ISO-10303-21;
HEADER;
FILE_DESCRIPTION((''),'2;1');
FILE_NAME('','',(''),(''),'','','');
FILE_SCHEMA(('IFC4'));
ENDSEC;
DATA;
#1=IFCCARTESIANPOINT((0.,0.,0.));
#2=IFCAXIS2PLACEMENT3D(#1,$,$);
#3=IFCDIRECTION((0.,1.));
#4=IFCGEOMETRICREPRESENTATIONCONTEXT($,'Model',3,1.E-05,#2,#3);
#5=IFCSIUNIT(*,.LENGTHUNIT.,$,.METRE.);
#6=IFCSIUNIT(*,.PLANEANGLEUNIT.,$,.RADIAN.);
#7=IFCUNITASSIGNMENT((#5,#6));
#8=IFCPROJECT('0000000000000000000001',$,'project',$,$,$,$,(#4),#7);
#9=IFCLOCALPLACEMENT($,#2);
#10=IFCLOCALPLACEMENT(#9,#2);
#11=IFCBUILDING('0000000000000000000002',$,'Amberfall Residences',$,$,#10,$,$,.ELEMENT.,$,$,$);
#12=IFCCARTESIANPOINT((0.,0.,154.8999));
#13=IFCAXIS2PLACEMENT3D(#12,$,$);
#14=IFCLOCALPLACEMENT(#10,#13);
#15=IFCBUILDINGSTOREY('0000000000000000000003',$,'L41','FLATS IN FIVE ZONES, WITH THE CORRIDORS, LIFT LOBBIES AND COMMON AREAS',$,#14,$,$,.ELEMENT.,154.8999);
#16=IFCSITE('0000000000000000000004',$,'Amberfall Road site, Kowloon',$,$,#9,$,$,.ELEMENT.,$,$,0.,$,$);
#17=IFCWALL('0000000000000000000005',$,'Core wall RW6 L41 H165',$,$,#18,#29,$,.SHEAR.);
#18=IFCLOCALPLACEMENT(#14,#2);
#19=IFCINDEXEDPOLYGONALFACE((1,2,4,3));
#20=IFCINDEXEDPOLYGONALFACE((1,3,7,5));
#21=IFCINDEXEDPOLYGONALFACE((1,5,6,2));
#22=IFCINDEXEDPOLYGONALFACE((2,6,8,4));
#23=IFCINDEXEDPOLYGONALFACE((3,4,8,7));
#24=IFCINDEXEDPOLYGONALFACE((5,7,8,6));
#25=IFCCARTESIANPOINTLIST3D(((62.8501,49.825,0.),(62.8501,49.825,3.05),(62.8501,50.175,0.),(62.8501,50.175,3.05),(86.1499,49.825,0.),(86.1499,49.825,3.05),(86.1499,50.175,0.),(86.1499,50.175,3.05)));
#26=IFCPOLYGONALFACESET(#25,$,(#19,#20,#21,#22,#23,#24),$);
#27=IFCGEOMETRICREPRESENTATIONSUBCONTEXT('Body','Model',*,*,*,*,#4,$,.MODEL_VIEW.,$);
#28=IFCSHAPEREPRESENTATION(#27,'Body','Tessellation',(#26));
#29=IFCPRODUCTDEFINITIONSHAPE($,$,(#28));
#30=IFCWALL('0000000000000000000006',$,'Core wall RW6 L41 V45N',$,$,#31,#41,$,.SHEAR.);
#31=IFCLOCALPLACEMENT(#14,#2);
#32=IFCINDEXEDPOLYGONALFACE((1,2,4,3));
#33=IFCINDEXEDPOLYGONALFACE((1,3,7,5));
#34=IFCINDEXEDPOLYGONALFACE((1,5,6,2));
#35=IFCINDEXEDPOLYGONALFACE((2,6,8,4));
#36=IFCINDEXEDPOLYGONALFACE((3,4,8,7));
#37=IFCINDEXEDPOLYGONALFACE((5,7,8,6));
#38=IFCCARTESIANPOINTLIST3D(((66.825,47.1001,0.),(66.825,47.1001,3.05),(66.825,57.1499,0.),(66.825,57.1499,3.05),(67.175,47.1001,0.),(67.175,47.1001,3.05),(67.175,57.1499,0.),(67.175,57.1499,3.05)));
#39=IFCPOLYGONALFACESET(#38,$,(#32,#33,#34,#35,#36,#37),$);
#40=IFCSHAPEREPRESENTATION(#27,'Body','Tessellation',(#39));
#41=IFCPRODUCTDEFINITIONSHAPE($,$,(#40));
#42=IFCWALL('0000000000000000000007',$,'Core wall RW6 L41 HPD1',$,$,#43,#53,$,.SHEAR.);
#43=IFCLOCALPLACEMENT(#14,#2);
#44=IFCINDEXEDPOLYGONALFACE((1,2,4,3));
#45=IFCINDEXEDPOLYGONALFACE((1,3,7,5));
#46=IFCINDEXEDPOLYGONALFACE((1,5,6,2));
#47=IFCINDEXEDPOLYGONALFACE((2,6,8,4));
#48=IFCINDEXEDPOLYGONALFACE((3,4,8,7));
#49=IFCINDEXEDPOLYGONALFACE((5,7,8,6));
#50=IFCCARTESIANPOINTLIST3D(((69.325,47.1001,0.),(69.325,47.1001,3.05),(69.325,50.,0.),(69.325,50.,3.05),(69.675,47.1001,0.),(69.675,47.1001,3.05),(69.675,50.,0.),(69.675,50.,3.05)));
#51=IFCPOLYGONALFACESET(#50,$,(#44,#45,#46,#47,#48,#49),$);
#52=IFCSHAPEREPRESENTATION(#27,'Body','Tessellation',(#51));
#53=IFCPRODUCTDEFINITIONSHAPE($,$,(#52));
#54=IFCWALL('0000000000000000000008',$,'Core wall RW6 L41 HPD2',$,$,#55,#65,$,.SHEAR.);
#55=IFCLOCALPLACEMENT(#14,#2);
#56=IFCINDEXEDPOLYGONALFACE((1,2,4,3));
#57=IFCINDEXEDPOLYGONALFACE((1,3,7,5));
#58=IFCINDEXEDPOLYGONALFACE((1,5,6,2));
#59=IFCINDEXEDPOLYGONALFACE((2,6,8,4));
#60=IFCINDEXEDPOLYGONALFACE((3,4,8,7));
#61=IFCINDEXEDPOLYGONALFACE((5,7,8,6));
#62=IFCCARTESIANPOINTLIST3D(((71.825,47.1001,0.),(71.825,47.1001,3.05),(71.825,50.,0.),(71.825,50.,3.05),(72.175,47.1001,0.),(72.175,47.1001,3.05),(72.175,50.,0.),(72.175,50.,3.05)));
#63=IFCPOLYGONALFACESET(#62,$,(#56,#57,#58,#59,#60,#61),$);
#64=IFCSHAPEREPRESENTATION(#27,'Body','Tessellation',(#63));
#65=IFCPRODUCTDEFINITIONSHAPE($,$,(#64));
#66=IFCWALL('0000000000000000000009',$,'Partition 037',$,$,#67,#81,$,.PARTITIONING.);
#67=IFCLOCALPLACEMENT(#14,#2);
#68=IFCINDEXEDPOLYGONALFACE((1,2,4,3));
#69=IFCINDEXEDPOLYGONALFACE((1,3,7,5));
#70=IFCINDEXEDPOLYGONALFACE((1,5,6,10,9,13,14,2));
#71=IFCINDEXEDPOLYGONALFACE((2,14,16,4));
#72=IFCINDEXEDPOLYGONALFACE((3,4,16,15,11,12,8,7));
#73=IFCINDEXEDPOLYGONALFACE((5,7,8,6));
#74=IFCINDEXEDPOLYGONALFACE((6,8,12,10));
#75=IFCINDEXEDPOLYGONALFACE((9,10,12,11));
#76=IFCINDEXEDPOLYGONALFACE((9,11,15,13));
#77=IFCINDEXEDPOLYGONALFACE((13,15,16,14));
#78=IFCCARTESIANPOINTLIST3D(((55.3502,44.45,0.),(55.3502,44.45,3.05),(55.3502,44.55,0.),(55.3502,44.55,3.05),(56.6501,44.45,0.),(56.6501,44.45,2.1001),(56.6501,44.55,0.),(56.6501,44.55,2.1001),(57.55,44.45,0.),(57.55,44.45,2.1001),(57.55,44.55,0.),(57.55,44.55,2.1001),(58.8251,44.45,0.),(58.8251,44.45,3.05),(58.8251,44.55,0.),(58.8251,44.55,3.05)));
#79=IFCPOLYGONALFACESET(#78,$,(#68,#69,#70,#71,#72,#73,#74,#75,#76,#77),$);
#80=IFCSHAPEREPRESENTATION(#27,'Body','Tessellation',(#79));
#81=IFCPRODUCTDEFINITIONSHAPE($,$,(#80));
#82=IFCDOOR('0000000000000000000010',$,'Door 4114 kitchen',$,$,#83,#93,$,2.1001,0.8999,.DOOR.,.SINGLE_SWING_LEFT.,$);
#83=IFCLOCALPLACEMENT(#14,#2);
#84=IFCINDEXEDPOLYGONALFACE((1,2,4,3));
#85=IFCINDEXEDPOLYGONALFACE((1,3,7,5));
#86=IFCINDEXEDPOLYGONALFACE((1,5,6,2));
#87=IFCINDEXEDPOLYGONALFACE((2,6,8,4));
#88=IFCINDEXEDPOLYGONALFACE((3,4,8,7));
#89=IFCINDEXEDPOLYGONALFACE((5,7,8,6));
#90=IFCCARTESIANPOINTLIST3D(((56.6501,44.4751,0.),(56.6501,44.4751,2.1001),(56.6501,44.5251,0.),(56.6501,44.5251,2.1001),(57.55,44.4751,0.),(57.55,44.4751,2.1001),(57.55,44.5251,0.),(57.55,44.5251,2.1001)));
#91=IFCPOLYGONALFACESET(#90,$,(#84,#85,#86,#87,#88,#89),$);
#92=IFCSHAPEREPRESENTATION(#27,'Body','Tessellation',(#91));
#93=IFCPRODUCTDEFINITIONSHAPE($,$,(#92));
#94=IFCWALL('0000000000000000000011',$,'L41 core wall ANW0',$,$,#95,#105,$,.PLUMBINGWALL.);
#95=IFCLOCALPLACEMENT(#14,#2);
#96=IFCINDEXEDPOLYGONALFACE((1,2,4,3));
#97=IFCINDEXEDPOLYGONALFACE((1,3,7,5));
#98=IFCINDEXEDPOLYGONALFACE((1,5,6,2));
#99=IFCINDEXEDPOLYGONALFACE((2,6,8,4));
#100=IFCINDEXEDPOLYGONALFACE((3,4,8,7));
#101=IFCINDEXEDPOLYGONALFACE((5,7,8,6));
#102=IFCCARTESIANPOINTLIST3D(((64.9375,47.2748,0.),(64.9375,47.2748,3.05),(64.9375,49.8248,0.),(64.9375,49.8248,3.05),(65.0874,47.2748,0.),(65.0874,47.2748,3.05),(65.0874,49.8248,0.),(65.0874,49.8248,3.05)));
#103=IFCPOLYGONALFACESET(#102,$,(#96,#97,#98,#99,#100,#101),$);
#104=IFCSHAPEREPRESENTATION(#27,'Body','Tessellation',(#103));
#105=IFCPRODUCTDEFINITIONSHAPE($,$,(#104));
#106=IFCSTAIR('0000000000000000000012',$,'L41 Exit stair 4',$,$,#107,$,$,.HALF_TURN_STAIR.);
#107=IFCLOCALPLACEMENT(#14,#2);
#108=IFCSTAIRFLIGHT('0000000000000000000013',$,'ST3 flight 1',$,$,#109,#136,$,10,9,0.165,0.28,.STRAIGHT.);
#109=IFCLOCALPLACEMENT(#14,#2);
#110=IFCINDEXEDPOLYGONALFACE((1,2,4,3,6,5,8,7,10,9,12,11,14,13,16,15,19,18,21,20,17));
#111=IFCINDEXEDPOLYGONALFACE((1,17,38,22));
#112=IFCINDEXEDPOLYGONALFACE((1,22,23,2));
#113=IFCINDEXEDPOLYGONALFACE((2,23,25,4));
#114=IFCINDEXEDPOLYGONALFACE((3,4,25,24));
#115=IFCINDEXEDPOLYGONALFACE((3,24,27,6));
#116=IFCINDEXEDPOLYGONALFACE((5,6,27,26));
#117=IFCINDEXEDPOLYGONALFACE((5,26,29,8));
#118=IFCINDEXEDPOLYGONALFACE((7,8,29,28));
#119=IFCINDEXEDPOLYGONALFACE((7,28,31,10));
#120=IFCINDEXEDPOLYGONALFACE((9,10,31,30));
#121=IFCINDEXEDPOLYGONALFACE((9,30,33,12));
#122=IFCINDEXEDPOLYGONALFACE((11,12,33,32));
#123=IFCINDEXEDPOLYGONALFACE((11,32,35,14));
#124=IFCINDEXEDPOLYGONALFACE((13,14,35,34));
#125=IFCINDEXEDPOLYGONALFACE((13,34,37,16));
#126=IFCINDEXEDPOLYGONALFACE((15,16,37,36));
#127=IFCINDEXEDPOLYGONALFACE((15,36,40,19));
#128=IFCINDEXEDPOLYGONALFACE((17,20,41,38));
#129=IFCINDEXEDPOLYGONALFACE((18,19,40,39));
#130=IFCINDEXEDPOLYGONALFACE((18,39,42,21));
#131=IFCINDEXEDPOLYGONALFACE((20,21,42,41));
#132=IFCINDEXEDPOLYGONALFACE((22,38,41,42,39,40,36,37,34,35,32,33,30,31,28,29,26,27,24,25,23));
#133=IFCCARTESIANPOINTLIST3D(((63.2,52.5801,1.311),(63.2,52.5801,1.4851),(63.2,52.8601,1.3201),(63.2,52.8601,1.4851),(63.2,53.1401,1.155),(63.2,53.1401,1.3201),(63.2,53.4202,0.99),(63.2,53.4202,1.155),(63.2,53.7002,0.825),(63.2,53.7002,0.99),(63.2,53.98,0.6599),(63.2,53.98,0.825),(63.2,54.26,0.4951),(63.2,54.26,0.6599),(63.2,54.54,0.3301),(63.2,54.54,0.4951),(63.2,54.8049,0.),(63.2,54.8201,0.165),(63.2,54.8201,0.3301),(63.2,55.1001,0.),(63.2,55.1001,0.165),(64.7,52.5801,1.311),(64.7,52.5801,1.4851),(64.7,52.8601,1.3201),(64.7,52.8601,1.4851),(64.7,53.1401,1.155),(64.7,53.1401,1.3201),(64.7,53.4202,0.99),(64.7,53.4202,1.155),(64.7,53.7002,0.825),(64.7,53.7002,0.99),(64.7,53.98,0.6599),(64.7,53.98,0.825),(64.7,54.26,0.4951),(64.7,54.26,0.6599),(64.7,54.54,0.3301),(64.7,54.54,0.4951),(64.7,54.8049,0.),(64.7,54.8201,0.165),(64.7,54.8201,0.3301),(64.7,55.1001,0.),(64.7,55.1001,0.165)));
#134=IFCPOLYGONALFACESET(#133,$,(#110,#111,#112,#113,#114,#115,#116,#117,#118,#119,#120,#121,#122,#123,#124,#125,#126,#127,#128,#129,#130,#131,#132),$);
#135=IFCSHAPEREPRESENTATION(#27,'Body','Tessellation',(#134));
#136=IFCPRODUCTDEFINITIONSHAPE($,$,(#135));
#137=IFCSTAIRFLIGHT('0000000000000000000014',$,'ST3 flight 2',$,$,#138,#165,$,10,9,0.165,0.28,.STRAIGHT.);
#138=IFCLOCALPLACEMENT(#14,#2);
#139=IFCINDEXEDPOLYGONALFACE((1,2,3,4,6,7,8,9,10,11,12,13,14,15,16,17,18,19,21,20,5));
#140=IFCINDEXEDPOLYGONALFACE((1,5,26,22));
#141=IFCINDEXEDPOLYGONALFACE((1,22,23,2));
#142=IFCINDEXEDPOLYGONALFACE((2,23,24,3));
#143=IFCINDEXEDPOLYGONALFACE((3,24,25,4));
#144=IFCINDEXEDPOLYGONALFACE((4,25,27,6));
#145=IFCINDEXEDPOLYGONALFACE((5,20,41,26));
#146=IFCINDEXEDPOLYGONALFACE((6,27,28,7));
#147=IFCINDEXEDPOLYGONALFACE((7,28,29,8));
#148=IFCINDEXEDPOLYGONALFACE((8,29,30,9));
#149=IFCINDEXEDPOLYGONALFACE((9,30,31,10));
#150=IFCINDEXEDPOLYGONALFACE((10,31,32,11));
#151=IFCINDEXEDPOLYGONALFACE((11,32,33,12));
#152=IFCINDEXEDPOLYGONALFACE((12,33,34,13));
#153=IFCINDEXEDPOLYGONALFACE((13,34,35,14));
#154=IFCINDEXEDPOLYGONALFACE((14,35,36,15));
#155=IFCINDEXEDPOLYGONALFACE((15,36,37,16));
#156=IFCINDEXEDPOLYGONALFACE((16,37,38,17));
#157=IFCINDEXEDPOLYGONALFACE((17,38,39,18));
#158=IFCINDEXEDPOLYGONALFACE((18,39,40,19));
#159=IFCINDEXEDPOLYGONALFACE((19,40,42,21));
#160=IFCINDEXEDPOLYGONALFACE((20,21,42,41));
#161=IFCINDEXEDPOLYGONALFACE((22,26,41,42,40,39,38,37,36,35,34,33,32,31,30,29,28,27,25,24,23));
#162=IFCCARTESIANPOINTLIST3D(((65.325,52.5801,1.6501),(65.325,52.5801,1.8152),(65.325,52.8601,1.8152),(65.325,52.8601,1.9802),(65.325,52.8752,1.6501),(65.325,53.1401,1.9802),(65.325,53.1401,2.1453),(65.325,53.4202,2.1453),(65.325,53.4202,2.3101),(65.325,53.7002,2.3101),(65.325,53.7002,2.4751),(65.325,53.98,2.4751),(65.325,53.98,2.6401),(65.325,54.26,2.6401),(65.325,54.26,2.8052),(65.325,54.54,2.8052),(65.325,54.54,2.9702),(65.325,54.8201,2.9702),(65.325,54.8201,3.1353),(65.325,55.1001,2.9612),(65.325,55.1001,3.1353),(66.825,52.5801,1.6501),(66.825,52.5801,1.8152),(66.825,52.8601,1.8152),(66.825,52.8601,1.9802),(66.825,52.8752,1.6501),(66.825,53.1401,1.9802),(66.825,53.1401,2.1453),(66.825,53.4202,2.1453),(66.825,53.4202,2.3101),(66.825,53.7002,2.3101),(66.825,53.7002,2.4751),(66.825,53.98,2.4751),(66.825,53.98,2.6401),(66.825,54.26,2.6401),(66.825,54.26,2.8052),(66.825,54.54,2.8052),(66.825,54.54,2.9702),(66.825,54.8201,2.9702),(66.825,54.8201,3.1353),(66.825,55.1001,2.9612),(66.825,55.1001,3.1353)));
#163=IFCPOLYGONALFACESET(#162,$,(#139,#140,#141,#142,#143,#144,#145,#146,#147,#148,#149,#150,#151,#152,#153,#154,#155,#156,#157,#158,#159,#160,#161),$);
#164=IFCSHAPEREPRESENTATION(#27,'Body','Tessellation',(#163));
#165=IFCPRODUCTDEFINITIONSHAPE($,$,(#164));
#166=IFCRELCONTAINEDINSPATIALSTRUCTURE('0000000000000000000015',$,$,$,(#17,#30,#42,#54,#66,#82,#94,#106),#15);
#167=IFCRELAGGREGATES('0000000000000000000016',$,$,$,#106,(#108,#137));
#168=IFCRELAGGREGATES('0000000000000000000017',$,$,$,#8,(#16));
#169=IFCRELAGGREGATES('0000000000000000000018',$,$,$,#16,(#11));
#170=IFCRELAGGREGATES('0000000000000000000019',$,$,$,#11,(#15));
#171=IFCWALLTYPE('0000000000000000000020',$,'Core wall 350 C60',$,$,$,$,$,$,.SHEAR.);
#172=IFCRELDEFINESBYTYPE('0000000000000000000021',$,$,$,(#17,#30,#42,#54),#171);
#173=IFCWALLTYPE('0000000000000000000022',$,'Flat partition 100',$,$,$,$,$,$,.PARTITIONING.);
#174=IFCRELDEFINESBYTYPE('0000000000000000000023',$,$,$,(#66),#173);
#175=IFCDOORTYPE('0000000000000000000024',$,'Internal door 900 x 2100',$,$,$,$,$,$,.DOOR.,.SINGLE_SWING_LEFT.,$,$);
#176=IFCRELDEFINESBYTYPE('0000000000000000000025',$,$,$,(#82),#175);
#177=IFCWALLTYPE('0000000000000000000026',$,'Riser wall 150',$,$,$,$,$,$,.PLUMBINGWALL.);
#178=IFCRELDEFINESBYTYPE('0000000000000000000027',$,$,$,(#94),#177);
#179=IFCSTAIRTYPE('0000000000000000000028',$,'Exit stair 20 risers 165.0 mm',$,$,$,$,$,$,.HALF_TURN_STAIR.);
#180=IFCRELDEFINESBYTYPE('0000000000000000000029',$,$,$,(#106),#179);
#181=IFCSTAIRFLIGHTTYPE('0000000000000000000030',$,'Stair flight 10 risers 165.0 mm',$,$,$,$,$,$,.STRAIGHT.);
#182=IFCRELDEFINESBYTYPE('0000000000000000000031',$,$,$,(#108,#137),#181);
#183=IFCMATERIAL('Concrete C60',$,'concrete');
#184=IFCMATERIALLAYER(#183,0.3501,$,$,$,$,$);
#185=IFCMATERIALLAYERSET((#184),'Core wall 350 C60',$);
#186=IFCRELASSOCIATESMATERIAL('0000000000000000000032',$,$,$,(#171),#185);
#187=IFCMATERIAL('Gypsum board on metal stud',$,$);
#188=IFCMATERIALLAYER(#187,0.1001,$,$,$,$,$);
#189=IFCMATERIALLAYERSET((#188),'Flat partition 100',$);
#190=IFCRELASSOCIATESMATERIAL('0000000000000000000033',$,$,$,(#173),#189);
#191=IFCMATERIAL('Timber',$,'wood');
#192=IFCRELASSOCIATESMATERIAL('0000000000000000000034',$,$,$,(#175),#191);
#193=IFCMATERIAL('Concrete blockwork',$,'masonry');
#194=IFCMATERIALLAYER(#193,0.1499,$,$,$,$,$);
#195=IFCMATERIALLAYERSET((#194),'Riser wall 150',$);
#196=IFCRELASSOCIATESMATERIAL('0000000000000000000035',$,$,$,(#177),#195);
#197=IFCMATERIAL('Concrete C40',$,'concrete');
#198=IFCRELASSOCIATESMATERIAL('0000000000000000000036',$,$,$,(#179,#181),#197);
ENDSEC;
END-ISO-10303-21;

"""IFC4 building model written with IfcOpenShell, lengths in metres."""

from ifc_helpers import new_model, si_unit, direction, frame, frame_2d, origin, place, context, subcontext, project, spatial, polyline, rectangle, outline, extrude, material, layer, layer_set, type_object, element, fill, aggregate, save


model = new_model("IFC4")

# Units and contexts
model_context = context("Model", 3, precision=1e-05, world=origin(), true_north=direction((0.0, 1.0)))
body_context = subcontext(model_context, "Body", "Model", "MODEL_VIEW")
ifc_project = project(units=[si_unit("LENGTHUNIT", "METRE"), si_unit("PLANEANGLEUNIT", "RADIAN")], contexts=[model_context])

# Site, building, storey
site_placement = place(None, origin())
site = spatial("IfcSite", under=ifc_project, at=site_placement, Name="Amberfall Road site, Kowloon", CompositionType="ELEMENT", RefElevation=0.0)
building_placement = place(site_placement, origin())
building = spatial("IfcBuilding", under=site, at=building_placement, Name="Amberfall Residences", CompositionType="ELEMENT")
storey_placement = place(building_placement, frame((0.0, 0.0, 154.8999)))
storey = spatial("IfcBuildingStorey", under=building, at=storey_placement, Name="L41", Description="FLATS IN FIVE ZONES, WITH THE CORRIDORS, LIFT LOBBIES AND COMMON AREAS", CompositionType="ELEMENT", Elevation=154.8999)

# Shared definitions
ifc_material_1 = material(Name="Concrete C60", Category="concrete")
ifc_layer_1 = layer(ifc_material_1, 0.3501)
ifc_layer_set_1 = layer_set([ifc_layer_1], Name="Core wall 350 C60")
wall_type_1 = type_object("IfcWallType", Name="Core wall 350 C60", PredefinedType="SHEAR", material=ifc_layer_set_1)

# Walls
wall_1_placement = place(storey_placement, frame((62.8501, 50.0, 0.0), z_axis=(0.0, 0.0, 1.0), x_axis=(1.0, 0.0, 0.0)))
element("IfcWall", 1, at=wall_1_placement, inside=storey, type_object=wall_type_1, Name="Core wall RW6 L41 H165", PredefinedType="SHEAR", context=body_context, shape_type="SweptSolid", body=[
    extrude(rectangle(XDim=23.2998, YDim=0.3501, at=frame_2d((11.6499, 0.0))), origin(), (0.0, 0.0, 1.0), 3.05),
])
wall_2_placement = place(storey_placement, frame((67.0, 47.1001, 0.0), z_axis=(0.0, 0.0, 1.0), x_axis=(0.0, 1.0, 0.0)))
element("IfcWall", 2, at=wall_2_placement, inside=storey, type_object=wall_type_1, Name="Core wall RW6 L41 V45N", PredefinedType="SHEAR", context=body_context, shape_type="SweptSolid", body=[
    extrude(rectangle(XDim=10.0498, YDim=0.3501, at=frame_2d((5.0249, 0.0))), origin(), (0.0, 0.0, 1.0), 3.05),
])
for number, where, z_axis, x_axis, name in (
    (3, (69.5, 47.1001, 0.0), (0.0, 0.0, 1.0), (0.0, 1.0, 0.0), "Core wall RW6 L41 HPD1"),
    (4, (72.0, 47.1001, 0.0), (0.0, 0.0, 1.0), (0.0, 1.0, 0.0), "Core wall RW6 L41 HPD2"),
):
    element("IfcWall", number, at=place(storey_placement, frame(where, z_axis=z_axis, x_axis=x_axis)), inside=storey, type_object=wall_type_1, Name=name, PredefinedType="SHEAR", context=body_context, shape_type="SweptSolid", body=[
        extrude(rectangle(XDim=2.8999, YDim=0.3501, at=frame_2d((1.45, 0.0))), origin(), (0.0, 0.0, 1.0), 3.05),
    ])

# Wall, opening, door
ifc_material_2 = material(Name="Gypsum board on metal stud")
ifc_layer_2 = layer(ifc_material_2, 0.1001)
ifc_layer_set_2 = layer_set([ifc_layer_2], Name="Flat partition 100")
wall_type_2 = type_object("IfcWallType", Name="Flat partition 100", PredefinedType="PARTITIONING", material=ifc_layer_set_2)
wall_3_placement = place(storey_placement, frame((58.825, 44.5, 0.0), z_axis=(0.0, 0.0, 1.0), x_axis=(-1.0, 0.0, 0.0)))
wall_3 = element("IfcWall", 5, at=wall_3_placement, inside=storey, type_object=wall_type_2, Name="Partition 037", PredefinedType="PARTITIONING", context=body_context, shape_type="SweptSolid", body=[
    extrude(rectangle(XDim=3.4749, YDim=0.1001, at=frame_2d((1.7373, 0.0))), origin(), (0.0, 0.0, 1.0), 3.05),
])
opening_1_placement = place(wall_3_placement, frame((1.2749, 0.0, 0.0)))
opening_1 = element("IfcOpeningElement", 6, at=opening_1_placement, cuts=wall_3, PredefinedType="OPENING", context=body_context, shape_type="SweptSolid", body=[
    extrude(rectangle(XDim=0.8999, YDim=2.1001, at=frame_2d((0.45, 1.05))), frame((0.0, 0.0601, 0.0), z_axis=(0.0, -1.0, 0.0), x_axis=(1.0, 0.0, 0.0)), (0.0, 0.0, 1.0), 0.1201),
])
ifc_material_3 = material(Name="Timber", Category="wood")
door_type_1 = type_object("IfcDoorType", Name="Internal door 900 x 2100", OperationType="SINGLE_SWING_LEFT", PredefinedType="DOOR", material=ifc_material_3)
door_1_placement = place(opening_1_placement, origin())
door_1 = element("IfcDoor", 7, at=door_1_placement, inside=storey, type_object=door_type_1, Name="Door 4114 kitchen", OperationType="SINGLE_SWING_LEFT", OverallHeight=2.1001, OverallWidth=0.8999, PredefinedType="DOOR", context=body_context, shape_type="SweptSolid", body=[
    extrude(rectangle(XDim=0.8999, YDim=2.1001, at=frame_2d((0.45, 1.05))), frame((0.0, 0.0249, 0.0), z_axis=(0.0, -1.0, 0.0), x_axis=(1.0, 0.0, 0.0)), (0.0, 0.0, 1.0), 0.05),
])
fill(opening_1, door_1)

# Wall
ifc_material_4 = material(Name="Concrete blockwork", Category="masonry")
ifc_layer_3 = layer(ifc_material_4, 0.1499)
ifc_layer_set_3 = layer_set([ifc_layer_3], Name="Riser wall 150")
wall_type_3 = type_object("IfcWallType", Name="Riser wall 150", PredefinedType="PLUMBINGWALL", material=ifc_layer_set_3)
wall_4_placement = place(storey_placement, frame((65.0125, 47.2749, 0.0), z_axis=(0.0, 0.0, 1.0), x_axis=(0.0, 1.0, 0.0)))
element("IfcWall", 8, at=wall_4_placement, inside=storey, type_object=wall_type_3, Name="L41 core wall ANW0", PredefinedType="PLUMBINGWALL", context=body_context, shape_type="SweptSolid", body=[
    extrude(rectangle(XDim=2.55, YDim=0.1499, at=frame_2d((1.2749, 0.0))), origin(), (0.0, 0.0, 1.0), 3.05),
])

# Stair, stair flights
ifc_material_5 = material(Name="Concrete C40", Category="concrete")
stair_type = type_object("IfcStairType", Name="Exit stair 20 risers 165.0 mm", PredefinedType="HALF_TURN_STAIR", material=ifc_material_5)
stair_placement = place(storey_placement, origin())
stair = element("IfcStair", 9, at=stair_placement, inside=storey, type_object=stair_type, Name="L41 Exit stair 4", PredefinedType="HALF_TURN_STAIR")
stair_flight_type = type_object("IfcStairFlightType", Name="Stair flight 10 risers 165.0 mm", PredefinedType="STRAIGHT", material=ifc_material_5)
stair_flight_1_placement = place(storey_placement, frame((63.95, 55.1001, 0.0), z_axis=(0.0, 0.0, 1.0), x_axis=(0.0, -1.0, 0.0)))
stair_flight_1 = element("IfcStairFlight", 10, at=stair_flight_1_placement, type_object=stair_flight_type, Name="ST3 flight 1", NumberOfRisers=10, NumberOfTreads=9, PredefinedType="STRAIGHT", RiserHeight=0.165, TreadLength=0.28, context=body_context, shape_type="SweptSolid", body=[
    extrude(outline(polyline([(0.0, 0.0), (0.0, 0.165), (0.28, 0.165), (0.28, 0.3301), (0.5601, 0.3301), (0.5601, 0.4951), (0.8401, 0.4951), (0.8401, 0.6599), (1.1201, 0.6599), (1.1201, 0.825), (1.3999, 0.825), (1.3999, 0.99), (1.6799, 0.99), (1.6799, 1.155), (1.96, 1.155), (1.96, 1.3201), (2.24, 1.3201), (2.24, 1.4851), (2.52, 1.4851), (2.52, 1.6499), (2.52, 1.311), (0.2952, 0.0), (0.0, 0.0)])), frame((0.0, 0.75, 0.0), z_axis=(0.0, -1.0, 0.0), x_axis=(1.0, 0.0, 0.0)), (0.0, 0.0, 1.0), 1.5),
])
stair_flight_2_placement = place(storey_placement, frame((66.075, 52.5801, 1.6501), z_axis=(0.0, 0.0, 1.0), x_axis=(0.0, 1.0, 0.0)))
stair_flight_2 = element("IfcStairFlight", 11, at=stair_flight_2_placement, type_object=stair_flight_type, Name="ST3 flight 2", NumberOfRisers=10, NumberOfTreads=9, PredefinedType="STRAIGHT", RiserHeight=0.165, TreadLength=0.28, context=body_context, shape_type="SweptSolid", body=[
    extrude(outline(polyline([(0.0, 0.0), (0.0, 0.165), (0.28, 0.165), (0.28, 0.3301), (0.5601, 0.3301), (0.5601, 0.4951), (0.8401, 0.4951), (0.8401, 0.6599), (1.1201, 0.6599), (1.1201, 0.825), (1.3999, 0.825), (1.3999, 0.99), (1.6799, 0.99), (1.6799, 1.155), (1.96, 1.155), (1.96, 1.3201), (2.24, 1.3201), (2.24, 1.4851), (2.52, 1.4851), (2.52, 1.6499), (2.52, 1.311), (0.2952, 0.0), (0.0, 0.0)])), frame((0.0, 0.75, 0.0), z_axis=(0.0, -1.0, 0.0), x_axis=(1.0, 0.0, 0.0)), (0.0, 0.0, 1.0), 1.5),
])
aggregate(stair, [stair_flight_1, stair_flight_2])

save(model, "model.ifc")
